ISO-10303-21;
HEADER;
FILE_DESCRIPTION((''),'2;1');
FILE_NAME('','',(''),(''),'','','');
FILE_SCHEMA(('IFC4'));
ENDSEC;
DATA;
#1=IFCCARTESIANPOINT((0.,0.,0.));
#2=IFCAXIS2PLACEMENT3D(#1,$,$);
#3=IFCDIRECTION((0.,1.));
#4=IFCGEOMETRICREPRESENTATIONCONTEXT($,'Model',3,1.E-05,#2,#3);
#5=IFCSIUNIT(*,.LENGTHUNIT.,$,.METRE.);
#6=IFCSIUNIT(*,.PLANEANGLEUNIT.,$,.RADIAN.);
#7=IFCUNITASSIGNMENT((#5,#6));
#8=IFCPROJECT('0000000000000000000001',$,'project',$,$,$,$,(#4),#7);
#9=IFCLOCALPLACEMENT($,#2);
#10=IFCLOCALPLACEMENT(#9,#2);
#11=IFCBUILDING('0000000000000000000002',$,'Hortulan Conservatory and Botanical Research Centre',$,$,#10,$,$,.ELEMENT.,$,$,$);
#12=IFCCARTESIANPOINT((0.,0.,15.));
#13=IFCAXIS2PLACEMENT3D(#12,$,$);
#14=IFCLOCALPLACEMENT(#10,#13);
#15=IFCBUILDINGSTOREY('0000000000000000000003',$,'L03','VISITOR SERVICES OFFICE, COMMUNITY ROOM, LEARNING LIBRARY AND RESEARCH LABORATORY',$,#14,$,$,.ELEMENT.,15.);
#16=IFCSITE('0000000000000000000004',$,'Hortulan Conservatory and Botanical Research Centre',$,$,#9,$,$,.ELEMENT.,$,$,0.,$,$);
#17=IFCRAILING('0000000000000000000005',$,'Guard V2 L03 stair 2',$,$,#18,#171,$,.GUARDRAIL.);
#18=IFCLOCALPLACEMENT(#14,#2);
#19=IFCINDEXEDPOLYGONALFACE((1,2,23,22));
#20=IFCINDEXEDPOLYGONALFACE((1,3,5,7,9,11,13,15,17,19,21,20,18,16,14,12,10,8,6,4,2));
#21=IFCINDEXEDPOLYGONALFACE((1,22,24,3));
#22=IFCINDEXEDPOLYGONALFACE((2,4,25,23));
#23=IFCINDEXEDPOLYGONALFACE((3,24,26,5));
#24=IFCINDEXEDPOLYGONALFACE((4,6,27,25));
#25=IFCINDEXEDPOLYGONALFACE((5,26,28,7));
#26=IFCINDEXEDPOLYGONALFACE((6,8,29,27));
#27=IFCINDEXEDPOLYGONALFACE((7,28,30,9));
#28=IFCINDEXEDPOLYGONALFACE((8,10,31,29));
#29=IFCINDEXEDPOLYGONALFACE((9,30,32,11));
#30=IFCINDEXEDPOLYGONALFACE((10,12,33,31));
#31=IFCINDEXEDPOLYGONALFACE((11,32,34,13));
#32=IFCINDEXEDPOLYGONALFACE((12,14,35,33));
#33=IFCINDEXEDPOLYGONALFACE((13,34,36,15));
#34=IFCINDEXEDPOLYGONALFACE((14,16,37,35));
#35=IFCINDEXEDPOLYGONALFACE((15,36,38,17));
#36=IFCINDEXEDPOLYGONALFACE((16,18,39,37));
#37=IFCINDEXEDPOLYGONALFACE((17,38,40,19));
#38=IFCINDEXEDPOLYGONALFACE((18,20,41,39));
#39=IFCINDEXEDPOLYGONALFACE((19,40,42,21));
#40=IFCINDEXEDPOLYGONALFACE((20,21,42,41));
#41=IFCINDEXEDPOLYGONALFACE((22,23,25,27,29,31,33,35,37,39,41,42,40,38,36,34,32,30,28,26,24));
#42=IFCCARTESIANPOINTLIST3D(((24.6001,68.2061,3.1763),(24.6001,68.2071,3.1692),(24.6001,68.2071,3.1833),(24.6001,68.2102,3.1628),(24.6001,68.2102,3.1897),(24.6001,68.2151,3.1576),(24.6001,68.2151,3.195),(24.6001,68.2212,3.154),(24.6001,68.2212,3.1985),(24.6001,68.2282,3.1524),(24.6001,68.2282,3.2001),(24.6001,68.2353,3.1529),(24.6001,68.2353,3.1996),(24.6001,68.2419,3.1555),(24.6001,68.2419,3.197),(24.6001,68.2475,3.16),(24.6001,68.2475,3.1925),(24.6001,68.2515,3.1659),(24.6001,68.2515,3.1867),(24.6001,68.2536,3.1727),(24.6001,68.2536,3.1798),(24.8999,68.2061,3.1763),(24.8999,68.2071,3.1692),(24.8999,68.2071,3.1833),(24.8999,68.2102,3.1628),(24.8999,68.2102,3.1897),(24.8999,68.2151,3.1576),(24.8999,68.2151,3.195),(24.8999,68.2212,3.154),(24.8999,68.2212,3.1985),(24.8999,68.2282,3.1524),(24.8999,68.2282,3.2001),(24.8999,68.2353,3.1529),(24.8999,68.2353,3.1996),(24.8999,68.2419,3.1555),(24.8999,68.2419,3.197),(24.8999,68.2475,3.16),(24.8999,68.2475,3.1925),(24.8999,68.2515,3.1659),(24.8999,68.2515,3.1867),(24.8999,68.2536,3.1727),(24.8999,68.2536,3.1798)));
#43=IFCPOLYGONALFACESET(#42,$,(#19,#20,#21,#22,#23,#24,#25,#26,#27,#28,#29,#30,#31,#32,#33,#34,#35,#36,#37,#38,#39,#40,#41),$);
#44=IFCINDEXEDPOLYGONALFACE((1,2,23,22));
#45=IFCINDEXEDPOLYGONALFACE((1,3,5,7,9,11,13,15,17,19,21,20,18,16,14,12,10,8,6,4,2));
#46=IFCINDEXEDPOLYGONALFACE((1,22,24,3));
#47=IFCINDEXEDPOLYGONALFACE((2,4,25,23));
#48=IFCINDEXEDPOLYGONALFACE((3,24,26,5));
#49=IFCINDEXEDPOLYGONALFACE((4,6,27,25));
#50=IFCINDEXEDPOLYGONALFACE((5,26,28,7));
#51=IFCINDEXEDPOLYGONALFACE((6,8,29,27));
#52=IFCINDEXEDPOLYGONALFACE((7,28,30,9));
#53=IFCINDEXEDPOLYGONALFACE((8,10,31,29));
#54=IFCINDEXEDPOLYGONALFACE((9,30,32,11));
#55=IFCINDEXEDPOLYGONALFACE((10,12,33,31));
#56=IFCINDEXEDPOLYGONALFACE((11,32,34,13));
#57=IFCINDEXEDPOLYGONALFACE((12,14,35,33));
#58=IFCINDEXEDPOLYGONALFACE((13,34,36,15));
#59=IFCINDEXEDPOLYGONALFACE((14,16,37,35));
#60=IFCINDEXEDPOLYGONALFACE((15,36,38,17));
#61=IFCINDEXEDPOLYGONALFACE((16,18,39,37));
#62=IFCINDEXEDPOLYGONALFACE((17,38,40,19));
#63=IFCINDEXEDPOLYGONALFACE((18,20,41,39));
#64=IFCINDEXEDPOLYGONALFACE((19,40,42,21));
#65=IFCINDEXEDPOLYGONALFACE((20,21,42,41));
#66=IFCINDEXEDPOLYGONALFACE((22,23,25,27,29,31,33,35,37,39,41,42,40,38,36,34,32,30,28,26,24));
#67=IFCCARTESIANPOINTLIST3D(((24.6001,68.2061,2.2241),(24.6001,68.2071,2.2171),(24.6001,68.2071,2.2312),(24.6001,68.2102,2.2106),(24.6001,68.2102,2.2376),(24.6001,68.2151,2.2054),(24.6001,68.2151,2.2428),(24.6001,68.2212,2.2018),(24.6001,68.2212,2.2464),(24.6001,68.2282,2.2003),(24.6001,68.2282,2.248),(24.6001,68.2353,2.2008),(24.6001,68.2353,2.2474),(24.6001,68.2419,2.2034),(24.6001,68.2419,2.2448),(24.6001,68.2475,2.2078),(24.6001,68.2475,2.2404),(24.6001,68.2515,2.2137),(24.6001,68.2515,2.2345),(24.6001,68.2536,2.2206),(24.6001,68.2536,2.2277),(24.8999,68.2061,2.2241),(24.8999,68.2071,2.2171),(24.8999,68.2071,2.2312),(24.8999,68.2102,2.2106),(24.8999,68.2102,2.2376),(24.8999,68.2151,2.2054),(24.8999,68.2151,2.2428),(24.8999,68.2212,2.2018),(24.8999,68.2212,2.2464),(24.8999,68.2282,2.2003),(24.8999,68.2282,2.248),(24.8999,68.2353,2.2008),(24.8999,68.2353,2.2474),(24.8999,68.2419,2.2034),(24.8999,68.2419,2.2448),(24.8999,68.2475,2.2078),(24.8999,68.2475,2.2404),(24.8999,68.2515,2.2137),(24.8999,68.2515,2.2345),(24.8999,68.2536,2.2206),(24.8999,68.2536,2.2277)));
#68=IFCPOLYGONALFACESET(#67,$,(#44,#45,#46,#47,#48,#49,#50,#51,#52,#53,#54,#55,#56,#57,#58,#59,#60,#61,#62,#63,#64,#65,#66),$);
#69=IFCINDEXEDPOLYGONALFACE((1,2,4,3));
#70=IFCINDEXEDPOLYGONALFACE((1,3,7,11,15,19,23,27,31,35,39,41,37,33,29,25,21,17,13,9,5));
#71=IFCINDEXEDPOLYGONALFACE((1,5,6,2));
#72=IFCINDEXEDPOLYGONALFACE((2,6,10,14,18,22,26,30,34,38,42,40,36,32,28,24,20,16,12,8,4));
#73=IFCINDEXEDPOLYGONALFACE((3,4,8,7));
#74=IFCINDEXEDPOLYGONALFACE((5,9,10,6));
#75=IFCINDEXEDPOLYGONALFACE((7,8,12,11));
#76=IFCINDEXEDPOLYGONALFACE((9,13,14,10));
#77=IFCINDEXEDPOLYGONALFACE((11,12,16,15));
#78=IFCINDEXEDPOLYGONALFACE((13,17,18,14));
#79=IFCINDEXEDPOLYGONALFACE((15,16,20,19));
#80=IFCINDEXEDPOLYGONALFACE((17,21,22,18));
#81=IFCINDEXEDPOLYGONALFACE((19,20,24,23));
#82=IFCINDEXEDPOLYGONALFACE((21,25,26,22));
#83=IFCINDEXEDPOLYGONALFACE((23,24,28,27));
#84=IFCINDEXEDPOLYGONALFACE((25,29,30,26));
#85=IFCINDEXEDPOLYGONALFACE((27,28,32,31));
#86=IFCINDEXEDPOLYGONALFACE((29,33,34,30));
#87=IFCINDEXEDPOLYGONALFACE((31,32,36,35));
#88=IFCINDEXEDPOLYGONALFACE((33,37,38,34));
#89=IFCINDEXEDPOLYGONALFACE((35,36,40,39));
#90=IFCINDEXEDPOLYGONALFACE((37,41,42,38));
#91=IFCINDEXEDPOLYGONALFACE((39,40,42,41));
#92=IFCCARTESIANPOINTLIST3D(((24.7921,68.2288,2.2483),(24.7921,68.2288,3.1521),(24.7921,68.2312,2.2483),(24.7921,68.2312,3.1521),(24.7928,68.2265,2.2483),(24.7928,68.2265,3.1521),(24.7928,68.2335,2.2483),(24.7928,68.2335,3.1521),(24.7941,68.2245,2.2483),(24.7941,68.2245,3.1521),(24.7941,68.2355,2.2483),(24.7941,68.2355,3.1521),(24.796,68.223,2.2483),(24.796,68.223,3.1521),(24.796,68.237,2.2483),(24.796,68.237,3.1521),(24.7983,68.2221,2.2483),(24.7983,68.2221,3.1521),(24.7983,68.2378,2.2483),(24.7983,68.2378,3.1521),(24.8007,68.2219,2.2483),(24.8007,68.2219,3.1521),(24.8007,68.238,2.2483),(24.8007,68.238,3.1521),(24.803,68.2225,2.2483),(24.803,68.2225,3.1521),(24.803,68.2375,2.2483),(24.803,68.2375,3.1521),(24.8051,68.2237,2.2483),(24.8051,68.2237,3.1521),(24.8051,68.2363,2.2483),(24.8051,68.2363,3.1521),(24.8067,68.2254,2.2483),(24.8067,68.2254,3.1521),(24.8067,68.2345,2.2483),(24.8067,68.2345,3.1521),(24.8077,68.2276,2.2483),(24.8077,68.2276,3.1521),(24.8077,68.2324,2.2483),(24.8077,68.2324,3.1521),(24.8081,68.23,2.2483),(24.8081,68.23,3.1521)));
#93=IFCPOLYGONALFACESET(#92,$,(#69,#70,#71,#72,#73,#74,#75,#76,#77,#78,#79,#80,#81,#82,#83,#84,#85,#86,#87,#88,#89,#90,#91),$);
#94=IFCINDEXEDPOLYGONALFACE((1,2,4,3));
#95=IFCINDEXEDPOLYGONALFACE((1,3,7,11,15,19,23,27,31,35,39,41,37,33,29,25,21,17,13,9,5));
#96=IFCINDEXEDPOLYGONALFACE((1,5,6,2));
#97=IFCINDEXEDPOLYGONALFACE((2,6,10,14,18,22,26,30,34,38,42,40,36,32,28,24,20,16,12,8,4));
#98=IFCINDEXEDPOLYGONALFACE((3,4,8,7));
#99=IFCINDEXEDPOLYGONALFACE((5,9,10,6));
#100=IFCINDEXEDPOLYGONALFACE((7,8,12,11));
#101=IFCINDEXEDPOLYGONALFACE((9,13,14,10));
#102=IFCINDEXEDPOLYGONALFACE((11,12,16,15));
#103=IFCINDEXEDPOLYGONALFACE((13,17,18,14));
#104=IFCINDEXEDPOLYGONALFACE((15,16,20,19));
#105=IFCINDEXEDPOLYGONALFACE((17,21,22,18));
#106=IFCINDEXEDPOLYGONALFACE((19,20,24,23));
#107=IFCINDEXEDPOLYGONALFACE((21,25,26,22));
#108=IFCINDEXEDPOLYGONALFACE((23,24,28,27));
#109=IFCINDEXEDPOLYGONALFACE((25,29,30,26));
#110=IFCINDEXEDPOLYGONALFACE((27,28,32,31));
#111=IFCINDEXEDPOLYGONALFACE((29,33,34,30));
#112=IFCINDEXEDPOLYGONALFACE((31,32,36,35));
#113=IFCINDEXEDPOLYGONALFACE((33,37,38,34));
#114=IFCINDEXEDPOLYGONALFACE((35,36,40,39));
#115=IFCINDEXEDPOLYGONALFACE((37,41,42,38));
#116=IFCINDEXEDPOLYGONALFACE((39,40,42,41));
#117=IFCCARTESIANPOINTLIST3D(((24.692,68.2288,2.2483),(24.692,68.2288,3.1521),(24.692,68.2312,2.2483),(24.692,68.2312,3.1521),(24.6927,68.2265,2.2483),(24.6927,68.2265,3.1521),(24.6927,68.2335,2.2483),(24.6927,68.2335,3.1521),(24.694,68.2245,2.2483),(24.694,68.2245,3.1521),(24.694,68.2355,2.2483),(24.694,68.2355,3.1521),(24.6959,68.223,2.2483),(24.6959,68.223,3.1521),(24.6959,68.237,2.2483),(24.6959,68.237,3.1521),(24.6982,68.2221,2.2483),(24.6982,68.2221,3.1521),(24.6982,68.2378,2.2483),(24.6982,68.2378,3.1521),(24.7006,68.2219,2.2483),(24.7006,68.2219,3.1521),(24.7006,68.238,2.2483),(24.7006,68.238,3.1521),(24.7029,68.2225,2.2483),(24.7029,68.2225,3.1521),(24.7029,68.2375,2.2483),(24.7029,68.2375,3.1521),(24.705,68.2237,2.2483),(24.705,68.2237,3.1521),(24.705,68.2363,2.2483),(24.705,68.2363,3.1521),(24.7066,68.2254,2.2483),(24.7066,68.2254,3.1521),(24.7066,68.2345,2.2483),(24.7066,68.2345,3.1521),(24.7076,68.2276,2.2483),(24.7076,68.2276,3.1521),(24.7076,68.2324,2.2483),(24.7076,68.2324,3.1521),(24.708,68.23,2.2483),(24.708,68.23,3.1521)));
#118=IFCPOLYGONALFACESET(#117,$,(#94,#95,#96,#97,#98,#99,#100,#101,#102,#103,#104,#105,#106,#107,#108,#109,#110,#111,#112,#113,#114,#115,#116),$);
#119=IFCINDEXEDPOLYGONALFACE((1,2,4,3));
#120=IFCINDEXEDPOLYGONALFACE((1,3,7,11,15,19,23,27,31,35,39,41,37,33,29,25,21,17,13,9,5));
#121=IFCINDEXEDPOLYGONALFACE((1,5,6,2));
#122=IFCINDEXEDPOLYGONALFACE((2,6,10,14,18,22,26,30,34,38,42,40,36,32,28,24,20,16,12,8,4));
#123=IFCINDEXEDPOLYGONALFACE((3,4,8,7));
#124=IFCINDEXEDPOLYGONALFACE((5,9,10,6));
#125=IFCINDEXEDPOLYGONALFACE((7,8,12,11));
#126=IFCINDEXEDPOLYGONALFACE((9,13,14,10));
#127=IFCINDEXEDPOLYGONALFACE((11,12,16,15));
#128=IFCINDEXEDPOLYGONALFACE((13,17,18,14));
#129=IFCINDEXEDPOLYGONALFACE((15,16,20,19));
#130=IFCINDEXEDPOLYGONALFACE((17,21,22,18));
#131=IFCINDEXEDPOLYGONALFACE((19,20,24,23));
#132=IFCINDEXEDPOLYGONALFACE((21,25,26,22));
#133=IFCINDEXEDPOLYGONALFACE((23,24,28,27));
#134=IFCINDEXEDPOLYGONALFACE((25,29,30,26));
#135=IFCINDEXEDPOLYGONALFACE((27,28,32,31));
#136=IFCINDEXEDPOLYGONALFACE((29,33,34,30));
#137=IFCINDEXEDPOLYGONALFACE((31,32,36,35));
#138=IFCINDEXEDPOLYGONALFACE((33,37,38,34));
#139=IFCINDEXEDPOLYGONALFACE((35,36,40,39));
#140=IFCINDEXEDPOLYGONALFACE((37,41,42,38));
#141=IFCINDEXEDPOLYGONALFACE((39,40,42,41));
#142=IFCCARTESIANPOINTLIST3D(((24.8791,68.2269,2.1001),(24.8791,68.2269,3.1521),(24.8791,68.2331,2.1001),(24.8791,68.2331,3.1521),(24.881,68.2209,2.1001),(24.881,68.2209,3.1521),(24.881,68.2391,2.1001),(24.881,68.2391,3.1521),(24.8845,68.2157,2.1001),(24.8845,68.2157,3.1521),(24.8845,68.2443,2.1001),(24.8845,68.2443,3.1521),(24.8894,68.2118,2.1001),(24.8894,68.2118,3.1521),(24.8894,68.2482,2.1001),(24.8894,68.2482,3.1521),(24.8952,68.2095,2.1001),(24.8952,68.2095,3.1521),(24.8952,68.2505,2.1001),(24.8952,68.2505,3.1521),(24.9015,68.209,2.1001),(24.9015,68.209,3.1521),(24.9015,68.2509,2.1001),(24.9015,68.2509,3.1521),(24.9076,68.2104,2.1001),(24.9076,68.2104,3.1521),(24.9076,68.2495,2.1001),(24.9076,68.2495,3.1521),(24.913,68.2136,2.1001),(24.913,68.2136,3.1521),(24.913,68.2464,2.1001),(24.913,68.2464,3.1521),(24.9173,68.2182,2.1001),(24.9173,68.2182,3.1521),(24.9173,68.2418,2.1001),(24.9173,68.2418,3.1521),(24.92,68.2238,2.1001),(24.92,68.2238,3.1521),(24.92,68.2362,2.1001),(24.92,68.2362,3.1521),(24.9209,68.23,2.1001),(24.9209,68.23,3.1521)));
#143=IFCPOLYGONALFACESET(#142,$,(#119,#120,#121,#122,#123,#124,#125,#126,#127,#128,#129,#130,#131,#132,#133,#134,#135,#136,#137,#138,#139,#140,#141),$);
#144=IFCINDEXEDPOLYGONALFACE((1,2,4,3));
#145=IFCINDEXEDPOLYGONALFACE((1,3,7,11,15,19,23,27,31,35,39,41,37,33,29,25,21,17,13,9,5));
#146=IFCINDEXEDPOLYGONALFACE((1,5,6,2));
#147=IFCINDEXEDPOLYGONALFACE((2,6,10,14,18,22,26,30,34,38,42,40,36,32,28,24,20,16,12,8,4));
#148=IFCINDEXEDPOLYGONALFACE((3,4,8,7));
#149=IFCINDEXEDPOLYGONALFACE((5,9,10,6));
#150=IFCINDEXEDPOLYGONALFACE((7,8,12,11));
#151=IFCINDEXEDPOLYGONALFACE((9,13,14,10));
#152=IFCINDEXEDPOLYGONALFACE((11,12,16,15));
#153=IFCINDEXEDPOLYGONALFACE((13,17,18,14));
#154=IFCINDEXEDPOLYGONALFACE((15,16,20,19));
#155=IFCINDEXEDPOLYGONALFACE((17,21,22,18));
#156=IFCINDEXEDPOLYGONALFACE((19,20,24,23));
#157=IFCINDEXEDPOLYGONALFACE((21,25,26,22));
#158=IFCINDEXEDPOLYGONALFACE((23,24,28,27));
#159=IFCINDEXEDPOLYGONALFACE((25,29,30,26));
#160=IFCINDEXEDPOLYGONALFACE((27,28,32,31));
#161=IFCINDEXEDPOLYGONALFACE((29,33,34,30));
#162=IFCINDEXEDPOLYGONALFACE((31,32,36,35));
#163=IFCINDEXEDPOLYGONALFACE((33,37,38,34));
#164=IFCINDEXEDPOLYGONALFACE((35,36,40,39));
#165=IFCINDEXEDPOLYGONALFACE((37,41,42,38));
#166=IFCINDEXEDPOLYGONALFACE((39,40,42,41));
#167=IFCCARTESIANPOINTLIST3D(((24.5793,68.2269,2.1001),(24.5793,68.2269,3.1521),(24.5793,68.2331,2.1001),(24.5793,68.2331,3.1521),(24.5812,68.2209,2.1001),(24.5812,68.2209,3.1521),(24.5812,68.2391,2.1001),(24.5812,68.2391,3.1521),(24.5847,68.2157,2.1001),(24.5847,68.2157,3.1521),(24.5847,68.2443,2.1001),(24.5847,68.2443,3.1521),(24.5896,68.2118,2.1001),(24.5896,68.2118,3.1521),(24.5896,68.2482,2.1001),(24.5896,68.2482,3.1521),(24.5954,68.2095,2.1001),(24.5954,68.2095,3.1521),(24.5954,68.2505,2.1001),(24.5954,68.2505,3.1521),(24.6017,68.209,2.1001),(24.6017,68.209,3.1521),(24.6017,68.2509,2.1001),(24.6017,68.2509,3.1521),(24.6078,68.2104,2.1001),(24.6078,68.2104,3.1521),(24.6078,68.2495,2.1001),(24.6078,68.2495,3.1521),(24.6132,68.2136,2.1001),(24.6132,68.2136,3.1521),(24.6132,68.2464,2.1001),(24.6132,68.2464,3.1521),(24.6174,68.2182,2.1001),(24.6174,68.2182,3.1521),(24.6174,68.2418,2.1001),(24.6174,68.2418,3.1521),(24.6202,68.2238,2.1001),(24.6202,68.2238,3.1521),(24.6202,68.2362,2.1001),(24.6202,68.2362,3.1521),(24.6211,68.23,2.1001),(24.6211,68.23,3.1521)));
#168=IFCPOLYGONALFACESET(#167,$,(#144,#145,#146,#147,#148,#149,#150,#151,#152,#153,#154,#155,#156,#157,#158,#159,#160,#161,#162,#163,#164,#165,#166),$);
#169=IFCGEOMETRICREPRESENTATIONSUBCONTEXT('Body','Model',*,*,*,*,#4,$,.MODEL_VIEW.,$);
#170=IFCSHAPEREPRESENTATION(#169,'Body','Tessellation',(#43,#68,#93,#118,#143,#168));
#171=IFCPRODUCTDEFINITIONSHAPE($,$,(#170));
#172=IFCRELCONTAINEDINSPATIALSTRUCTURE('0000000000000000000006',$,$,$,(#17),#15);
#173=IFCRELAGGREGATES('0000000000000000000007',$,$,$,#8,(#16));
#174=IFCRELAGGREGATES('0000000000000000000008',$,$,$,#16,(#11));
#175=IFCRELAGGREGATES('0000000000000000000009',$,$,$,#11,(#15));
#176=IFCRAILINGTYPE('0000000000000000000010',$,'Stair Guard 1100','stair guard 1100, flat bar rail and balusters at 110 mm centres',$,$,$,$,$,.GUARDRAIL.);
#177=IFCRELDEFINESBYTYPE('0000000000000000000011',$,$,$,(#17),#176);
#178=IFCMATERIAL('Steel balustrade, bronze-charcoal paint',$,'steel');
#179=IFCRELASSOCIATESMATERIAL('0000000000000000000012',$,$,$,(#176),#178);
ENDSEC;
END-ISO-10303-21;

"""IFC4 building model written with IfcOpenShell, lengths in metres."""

from ifc_helpers import new_model, si_unit, direction, frame, origin, origin_2d, place, context, subcontext, project, spatial, circle, extrude, material, type_object, element, save


model = new_model("IFC4")

# Units and contexts
model_context = context("Model", 3, precision=1e-05, world=origin(), true_north=direction((0.0, 1.0)))
body_context = subcontext(model_context, "Body", "Model", "MODEL_VIEW")
ifc_project = project(units=[si_unit("LENGTHUNIT", "METRE"), si_unit("PLANEANGLEUNIT", "RADIAN")], contexts=[model_context])

# Site, building, storey
site_placement = place(None, origin())
site = spatial("IfcSite", under=ifc_project, at=site_placement, Name="Hortulan Conservatory and Botanical Research Centre", CompositionType="ELEMENT", RefElevation=0.0)
building_placement = place(site_placement, origin())
building = spatial("IfcBuilding", under=site, at=building_placement, Name="Hortulan Conservatory and Botanical Research Centre", CompositionType="ELEMENT")
storey_placement = place(building_placement, frame((0.0, 0.0, 15.0)))
storey = spatial("IfcBuildingStorey", under=building, at=storey_placement, Name="L03", Description="VISITOR SERVICES OFFICE, COMMUNITY ROOM, LEARNING LIBRARY AND RESEARCH LABORATORY", CompositionType="ELEMENT", Elevation=15.0)

# Railing
ifc_material_1 = material(Name="Steel balustrade, bronze-charcoal paint", Category="steel")
railing_type_1 = type_object("IfcRailingType", Name="Stair Guard 1100", Description="stair guard 1100, flat bar rail and balusters at 110 mm centres", PredefinedType="GUARDRAIL", material=ifc_material_1)
railing_1_placement = place(storey_placement, frame((24.8999, 68.23, 2.1001)))
element("IfcRailing", 1, at=railing_1_placement, inside=storey, type_object=railing_type_1, Name="Guard V2 L03 stair 2", PredefinedType="GUARDRAIL", context=body_context, shape_type="SweptSolid", body=[
    extrude(circle(Radius=0.0239, at=origin_2d()), frame((0.0, 0.0, 1.0762), z_axis=(-1.0, 0.0, 0.0), x_axis=(0.0, -1.0, 0.0)), (0.0, 0.0, 1.0), 0.2998),
    extrude(circle(Radius=0.0239, at=origin_2d()), frame((0.0, 0.0, 0.124), z_axis=(-1.0, 0.0, 0.0), x_axis=(0.0, -1.0, 0.0)), (0.0, 0.0, 1.0), 0.2998),
    extrude(circle(Radius=0.0081, at=origin_2d()), frame((-0.0999, 0.0, 0.1482)), (0.0, 0.0, 1.0), 0.9038),
    extrude(circle(Radius=0.0081, at=origin_2d()), frame((-0.2, 0.0, 0.1482)), (0.0, 0.0, 1.0), 0.9038),
    extrude(circle(Radius=0.021, at=origin_2d()), origin(), (0.0, 0.0, 1.0), 1.052),
    extrude(circle(Radius=0.021, at=origin_2d()), frame((-0.2998, 0.0, 0.0)), (0.0, 0.0, 1.0), 1.052),
])

save(model, "model.ifc")
